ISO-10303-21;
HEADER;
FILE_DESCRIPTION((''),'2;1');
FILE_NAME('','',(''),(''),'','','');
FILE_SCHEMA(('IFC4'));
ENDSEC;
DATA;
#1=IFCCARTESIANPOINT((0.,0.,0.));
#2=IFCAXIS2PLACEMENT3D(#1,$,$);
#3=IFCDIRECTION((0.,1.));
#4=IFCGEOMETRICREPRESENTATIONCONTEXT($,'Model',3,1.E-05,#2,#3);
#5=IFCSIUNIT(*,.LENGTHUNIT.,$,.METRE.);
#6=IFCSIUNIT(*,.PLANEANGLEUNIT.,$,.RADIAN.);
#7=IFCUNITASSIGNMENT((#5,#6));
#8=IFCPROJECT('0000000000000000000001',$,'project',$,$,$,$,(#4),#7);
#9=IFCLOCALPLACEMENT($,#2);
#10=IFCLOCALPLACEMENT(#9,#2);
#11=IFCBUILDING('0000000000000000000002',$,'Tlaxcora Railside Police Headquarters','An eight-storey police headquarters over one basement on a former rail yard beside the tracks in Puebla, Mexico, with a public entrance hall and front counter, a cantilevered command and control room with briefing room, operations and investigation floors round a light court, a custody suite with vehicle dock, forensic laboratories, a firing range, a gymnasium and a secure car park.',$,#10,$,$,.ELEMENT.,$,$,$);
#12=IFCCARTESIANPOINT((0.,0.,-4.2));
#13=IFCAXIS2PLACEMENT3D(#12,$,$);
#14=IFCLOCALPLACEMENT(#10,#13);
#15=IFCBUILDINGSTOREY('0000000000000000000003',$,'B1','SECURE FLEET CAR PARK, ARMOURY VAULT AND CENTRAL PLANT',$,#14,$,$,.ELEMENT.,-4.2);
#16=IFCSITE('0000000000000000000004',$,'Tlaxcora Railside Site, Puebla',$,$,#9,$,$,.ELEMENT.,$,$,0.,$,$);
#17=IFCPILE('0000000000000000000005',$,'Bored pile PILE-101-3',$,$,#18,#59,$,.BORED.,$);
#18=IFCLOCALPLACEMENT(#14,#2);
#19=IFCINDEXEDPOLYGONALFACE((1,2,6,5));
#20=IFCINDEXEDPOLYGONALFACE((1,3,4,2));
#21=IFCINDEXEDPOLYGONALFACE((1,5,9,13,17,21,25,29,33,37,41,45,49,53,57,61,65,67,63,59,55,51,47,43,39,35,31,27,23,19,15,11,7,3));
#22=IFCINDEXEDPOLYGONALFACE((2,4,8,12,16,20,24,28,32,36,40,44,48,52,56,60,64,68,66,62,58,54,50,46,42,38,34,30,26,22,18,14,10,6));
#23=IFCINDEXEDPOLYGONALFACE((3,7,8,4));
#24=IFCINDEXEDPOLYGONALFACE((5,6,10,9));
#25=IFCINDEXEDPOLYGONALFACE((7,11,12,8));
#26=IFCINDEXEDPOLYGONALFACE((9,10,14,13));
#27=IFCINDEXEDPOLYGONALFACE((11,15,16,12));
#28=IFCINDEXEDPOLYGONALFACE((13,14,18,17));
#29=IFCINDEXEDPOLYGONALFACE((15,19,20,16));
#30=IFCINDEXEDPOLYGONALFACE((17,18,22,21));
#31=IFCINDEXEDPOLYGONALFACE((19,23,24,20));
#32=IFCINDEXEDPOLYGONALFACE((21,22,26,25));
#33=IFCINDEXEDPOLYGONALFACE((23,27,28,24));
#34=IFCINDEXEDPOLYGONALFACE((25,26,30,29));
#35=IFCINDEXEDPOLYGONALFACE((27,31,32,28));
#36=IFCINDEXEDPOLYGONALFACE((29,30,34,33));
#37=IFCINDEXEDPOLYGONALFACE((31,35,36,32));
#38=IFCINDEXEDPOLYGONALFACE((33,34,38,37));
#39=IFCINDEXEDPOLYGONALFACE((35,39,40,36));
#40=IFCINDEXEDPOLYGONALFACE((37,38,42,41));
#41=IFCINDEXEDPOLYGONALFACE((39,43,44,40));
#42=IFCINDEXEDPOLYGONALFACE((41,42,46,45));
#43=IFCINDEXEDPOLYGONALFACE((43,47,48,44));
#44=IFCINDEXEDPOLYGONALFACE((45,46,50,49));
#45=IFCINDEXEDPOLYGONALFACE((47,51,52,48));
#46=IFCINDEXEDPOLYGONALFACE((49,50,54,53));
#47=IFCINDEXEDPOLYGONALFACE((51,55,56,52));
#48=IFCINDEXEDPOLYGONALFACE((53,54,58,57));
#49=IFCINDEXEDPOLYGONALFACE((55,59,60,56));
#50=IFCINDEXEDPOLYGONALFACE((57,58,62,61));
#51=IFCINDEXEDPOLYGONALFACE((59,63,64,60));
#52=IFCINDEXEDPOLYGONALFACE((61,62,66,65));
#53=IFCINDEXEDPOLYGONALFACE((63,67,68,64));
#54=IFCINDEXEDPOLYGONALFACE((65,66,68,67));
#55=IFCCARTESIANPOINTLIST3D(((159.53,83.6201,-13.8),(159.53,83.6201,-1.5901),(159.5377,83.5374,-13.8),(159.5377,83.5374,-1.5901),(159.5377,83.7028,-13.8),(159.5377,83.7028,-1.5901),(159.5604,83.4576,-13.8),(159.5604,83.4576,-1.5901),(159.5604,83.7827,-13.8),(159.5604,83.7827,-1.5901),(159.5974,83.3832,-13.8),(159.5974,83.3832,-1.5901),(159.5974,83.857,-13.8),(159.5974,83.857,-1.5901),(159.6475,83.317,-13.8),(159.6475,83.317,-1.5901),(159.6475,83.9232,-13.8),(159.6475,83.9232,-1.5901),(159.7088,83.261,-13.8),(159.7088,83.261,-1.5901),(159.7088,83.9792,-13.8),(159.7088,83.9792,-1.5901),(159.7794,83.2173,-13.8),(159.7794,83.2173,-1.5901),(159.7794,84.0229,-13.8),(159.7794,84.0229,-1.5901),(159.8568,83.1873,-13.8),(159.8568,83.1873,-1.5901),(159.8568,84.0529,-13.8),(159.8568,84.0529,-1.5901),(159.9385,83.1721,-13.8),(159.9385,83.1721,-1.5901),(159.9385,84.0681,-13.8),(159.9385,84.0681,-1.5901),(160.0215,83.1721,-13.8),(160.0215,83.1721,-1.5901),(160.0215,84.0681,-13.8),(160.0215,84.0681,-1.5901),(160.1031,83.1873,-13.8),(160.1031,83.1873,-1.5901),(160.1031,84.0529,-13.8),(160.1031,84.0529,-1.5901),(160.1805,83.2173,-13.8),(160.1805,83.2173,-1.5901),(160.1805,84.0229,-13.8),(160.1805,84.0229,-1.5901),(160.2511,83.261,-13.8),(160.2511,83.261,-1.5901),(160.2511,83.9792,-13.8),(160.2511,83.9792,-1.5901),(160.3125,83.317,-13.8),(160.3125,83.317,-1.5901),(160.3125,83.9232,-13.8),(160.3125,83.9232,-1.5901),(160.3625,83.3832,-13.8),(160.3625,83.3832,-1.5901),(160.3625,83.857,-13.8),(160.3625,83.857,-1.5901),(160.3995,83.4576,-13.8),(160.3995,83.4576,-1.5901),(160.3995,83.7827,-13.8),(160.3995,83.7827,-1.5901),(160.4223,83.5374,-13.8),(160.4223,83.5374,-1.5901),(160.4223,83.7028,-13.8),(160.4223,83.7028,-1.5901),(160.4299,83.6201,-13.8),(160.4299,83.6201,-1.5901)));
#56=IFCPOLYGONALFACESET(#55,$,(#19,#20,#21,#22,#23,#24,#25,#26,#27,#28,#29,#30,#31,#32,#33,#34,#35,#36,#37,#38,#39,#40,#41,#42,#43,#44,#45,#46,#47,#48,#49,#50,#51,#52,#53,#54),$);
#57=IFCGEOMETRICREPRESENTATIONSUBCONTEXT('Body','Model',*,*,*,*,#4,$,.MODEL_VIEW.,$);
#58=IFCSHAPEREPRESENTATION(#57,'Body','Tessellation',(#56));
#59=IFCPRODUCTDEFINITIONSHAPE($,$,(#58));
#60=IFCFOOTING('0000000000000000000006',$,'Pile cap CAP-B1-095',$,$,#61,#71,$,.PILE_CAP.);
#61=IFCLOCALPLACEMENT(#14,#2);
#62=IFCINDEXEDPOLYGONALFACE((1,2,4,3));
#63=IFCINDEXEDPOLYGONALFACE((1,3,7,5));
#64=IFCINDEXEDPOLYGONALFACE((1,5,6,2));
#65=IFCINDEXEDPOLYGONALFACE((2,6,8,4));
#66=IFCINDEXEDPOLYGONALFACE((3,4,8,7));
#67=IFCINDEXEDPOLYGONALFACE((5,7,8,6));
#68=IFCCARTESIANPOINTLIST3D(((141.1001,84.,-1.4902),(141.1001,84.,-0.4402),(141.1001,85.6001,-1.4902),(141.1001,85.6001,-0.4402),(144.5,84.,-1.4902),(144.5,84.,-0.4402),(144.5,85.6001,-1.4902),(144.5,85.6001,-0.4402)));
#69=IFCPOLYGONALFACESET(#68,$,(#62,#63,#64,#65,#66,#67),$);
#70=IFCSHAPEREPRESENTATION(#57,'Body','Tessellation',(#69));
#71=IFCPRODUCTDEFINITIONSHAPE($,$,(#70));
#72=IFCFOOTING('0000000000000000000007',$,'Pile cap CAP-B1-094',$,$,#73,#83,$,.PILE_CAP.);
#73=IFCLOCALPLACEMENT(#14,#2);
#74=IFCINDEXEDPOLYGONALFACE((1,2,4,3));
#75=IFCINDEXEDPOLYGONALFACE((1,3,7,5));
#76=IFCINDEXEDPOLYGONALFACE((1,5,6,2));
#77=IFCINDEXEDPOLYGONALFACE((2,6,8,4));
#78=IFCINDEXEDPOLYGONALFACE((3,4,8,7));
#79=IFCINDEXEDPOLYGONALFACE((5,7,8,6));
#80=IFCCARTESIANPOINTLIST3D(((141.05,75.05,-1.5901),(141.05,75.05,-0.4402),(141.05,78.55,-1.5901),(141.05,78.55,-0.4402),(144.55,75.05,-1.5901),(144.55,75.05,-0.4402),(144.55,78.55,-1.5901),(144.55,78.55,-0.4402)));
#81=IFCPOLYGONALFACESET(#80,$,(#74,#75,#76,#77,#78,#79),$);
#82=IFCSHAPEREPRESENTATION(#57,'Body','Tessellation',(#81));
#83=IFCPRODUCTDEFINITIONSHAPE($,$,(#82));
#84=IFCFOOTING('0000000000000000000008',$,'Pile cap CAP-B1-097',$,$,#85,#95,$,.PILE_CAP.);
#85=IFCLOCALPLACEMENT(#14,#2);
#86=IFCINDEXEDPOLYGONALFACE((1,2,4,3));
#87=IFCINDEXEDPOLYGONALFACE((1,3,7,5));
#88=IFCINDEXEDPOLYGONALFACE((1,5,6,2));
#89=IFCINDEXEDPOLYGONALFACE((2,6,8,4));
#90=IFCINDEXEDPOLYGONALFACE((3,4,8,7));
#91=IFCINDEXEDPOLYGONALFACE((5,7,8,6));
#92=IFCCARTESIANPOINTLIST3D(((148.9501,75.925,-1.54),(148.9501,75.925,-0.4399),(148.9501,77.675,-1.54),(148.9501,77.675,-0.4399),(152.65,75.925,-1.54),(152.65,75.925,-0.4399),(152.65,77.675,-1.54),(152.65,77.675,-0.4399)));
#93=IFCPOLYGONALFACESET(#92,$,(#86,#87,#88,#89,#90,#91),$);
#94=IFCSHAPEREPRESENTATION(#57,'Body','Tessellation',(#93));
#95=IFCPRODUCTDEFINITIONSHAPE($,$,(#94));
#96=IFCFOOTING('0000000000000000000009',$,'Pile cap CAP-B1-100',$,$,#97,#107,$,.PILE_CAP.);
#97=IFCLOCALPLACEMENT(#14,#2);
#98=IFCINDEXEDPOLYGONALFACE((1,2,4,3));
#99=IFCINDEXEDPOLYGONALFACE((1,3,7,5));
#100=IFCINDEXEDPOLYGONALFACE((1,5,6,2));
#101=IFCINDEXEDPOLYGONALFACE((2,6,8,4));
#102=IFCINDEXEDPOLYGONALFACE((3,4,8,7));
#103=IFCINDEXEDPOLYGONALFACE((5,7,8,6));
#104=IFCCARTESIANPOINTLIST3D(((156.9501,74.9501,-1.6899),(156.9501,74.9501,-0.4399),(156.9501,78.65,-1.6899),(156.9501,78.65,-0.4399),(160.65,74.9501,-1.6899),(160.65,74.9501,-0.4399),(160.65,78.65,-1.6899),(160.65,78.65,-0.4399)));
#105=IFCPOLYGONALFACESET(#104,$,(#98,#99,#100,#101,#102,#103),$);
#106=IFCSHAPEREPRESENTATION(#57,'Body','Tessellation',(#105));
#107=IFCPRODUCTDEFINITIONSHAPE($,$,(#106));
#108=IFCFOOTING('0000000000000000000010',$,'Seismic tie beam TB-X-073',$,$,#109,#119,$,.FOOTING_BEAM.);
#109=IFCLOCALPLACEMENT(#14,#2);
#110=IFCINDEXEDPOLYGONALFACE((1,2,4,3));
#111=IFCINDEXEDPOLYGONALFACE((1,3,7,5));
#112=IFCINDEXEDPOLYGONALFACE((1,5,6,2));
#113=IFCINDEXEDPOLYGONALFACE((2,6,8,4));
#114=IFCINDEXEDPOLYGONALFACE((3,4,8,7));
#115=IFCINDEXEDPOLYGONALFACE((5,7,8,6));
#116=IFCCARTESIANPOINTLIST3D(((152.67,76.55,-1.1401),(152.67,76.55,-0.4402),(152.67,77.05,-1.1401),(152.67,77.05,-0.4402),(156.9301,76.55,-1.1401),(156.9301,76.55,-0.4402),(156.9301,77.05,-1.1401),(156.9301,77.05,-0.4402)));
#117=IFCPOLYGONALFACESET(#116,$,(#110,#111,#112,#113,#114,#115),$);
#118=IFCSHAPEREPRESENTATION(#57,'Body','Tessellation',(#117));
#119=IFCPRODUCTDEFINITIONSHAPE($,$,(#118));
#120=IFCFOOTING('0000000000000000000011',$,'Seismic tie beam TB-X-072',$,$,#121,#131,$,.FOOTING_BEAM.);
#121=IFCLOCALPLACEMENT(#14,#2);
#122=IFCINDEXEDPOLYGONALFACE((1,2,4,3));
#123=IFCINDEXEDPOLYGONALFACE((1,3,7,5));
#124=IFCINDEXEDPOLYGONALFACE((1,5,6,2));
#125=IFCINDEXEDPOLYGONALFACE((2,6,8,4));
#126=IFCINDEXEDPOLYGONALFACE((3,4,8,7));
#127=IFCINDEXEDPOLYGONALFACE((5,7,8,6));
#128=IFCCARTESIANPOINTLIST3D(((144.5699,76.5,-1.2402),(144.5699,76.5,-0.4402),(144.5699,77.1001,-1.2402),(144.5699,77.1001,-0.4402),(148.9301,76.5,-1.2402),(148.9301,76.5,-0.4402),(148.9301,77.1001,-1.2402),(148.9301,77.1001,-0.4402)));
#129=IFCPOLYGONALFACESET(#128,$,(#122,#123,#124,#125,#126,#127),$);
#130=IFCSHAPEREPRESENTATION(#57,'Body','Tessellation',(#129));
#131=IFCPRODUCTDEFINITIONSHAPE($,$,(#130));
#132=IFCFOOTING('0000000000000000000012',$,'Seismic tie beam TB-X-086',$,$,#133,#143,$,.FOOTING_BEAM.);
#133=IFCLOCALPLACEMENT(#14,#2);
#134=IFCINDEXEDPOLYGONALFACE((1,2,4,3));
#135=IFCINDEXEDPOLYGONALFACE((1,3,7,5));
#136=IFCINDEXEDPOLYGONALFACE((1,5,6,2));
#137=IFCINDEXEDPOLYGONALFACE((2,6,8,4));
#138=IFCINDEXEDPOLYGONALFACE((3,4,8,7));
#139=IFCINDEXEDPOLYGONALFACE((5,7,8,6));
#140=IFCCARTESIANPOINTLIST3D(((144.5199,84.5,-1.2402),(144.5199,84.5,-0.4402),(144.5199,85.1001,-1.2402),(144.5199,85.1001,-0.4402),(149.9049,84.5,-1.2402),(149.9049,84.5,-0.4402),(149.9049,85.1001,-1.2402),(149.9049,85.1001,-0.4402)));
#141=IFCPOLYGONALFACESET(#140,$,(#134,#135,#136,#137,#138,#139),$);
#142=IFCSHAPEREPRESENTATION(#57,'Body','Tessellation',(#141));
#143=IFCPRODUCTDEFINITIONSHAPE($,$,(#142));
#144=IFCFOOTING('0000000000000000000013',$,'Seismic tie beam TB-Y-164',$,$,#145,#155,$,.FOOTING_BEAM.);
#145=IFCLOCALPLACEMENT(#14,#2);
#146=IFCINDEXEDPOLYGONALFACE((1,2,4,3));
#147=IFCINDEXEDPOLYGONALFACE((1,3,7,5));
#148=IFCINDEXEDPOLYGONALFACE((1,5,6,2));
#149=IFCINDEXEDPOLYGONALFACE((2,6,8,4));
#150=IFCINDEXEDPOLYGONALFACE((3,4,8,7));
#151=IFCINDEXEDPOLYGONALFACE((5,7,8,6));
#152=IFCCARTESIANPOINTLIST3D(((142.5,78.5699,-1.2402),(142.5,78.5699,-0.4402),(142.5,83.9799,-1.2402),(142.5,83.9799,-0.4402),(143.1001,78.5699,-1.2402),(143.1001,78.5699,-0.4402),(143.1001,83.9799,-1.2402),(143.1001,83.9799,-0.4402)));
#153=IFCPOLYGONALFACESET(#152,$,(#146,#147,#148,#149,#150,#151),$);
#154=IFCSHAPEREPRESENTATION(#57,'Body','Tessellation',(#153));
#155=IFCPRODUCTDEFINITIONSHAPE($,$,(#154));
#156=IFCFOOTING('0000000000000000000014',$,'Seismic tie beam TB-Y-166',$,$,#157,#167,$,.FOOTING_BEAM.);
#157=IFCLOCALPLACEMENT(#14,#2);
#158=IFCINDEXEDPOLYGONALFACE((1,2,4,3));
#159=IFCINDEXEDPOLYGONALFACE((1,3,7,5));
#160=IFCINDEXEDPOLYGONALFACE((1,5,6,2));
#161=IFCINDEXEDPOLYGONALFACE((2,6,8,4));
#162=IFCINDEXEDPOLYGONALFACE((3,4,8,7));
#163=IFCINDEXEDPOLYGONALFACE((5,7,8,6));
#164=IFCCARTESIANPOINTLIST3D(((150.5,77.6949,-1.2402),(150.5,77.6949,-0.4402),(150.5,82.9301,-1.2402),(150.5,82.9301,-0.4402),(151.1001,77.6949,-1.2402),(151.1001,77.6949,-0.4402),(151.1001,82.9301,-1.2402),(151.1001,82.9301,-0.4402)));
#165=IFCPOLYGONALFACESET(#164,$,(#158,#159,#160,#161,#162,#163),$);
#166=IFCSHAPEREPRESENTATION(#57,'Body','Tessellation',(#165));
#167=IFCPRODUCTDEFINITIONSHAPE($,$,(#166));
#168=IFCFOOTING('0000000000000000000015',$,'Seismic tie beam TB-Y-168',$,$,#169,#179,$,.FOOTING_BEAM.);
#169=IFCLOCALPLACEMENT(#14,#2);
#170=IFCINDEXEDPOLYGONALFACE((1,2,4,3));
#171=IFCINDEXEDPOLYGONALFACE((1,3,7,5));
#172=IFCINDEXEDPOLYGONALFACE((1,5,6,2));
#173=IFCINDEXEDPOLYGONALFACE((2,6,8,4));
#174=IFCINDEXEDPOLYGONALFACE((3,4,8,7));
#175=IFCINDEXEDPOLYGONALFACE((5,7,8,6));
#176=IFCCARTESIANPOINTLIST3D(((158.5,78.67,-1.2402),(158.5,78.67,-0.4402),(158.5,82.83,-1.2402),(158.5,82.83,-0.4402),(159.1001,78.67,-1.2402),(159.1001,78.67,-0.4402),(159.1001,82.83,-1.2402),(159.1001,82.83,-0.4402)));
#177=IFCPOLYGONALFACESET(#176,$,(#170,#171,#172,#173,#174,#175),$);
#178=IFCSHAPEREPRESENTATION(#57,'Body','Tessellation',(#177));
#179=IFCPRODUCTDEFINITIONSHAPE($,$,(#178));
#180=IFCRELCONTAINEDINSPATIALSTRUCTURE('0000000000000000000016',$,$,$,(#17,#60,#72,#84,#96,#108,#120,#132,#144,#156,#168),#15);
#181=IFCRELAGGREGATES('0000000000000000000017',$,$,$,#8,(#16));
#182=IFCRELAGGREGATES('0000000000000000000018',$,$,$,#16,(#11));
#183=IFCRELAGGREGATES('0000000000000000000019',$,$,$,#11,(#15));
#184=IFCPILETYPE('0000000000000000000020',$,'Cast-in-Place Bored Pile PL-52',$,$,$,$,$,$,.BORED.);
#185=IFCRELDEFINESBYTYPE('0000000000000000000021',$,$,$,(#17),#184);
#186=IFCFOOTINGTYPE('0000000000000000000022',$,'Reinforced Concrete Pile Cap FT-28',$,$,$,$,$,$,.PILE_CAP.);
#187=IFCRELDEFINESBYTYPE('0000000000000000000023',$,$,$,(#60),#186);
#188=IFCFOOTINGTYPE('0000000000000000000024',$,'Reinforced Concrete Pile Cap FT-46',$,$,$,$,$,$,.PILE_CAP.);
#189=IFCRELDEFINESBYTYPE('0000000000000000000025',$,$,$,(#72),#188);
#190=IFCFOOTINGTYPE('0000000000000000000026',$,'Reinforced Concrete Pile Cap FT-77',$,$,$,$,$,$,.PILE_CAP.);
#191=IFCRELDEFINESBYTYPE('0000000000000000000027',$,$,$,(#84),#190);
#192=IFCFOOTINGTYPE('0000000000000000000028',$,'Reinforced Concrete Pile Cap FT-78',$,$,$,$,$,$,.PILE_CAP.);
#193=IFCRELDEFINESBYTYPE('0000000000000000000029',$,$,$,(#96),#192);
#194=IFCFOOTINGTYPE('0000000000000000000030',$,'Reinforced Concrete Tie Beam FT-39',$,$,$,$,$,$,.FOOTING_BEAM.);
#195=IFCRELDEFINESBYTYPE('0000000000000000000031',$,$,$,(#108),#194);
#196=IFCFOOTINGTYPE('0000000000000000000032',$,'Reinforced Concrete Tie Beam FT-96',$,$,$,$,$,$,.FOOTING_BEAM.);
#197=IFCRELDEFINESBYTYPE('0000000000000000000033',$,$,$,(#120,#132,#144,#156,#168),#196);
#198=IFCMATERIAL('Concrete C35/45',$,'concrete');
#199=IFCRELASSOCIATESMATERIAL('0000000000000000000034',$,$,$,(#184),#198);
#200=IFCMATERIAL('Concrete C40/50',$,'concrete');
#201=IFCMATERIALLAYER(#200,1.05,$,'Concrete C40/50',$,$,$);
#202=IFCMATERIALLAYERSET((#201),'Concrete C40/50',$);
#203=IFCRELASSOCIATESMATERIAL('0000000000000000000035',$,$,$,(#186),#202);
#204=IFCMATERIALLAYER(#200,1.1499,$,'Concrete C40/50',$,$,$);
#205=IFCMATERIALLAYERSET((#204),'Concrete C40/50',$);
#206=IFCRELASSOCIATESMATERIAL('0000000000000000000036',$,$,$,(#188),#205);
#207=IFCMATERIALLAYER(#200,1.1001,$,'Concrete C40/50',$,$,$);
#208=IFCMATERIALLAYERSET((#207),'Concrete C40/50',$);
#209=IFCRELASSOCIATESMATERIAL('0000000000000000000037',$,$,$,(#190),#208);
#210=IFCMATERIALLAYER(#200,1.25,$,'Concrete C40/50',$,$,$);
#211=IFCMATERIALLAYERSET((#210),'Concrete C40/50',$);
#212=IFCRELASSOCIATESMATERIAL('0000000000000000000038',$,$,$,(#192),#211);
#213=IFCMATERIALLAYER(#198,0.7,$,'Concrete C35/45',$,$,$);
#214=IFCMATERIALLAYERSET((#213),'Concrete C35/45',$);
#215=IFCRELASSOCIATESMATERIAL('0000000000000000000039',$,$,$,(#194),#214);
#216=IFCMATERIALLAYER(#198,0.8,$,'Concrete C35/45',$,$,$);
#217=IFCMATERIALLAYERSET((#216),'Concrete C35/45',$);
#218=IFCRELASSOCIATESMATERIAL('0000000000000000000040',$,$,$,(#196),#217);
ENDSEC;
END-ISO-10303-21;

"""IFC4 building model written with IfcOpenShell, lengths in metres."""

from ifc_helpers import new_model, si_unit, direction, frame, origin, origin_2d, place, context, subcontext, project, spatial, rectangle, circle, extrude, material, layer, layer_set, material_profile, profile_set, type_object, element, save


model = new_model("IFC4")

# Units and contexts
model_context = context("Model", 3, precision=1e-05, world=origin(), true_north=direction((0.0, 1.0)))
body_context = subcontext(model_context, "Body", "Model", "MODEL_VIEW")
ifc_project = project(units=[si_unit("LENGTHUNIT", "METRE"), si_unit("PLANEANGLEUNIT", "RADIAN")], contexts=[model_context])

# Site, building, storey
site_placement = place(None, origin())
site = spatial("IfcSite", under=ifc_project, at=site_placement, Name="Tlaxcora Railside Site, Puebla", CompositionType="ELEMENT", RefElevation=0.0)
building_placement = place(site_placement, origin())
building = spatial("IfcBuilding", under=site, at=building_placement, Name="Tlaxcora Railside Police Headquarters", Description="An eight-storey police headquarters over one basement on a former rail yard beside the tracks in Puebla, Mexico, with a public entrance hall and front counter, a cantilevered command and control room with briefing room, operations and investigation floors round a light court, a custody suite with vehicle dock, forensic laboratories, a firing range, a gymnasium and a secure car park.", CompositionType="ELEMENT")
storey_placement = place(building_placement, frame((0.0, 0.0, -4.2)))
storey = spatial("IfcBuildingStorey", under=building, at=storey_placement, Name="B1", Description="SECURE FLEET CAR PARK, ARMOURY VAULT AND CENTRAL PLANT", CompositionType="ELEMENT", Elevation=-4.2)

# Pile
ifc_material_1 = material(Name="Concrete C35/45", Category="concrete")
ifc_material_profile_1 = material_profile(ifc_material_1, circle(Radius=0.45, at=origin_2d()), Name="PILE900")
ifc_profile_set_1 = profile_set([ifc_material_profile_1], Name="Concrete C35/45")
pile_type_1 = type_object("IfcPileType", Name="Cast-in-Place Bored Pile PL-52", PredefinedType="BORED", material=ifc_profile_set_1)
for number, where, z_axis, x_axis, name in (
    (1, (159.98, 83.6201, -1.5901), (0.0, 0.0, -1.0), (1.0, 0.0, 0.0), "Bored pile PILE-101-3"),
):
    element("IfcPile", number, at=place(storey_placement, frame(where, z_axis=z_axis, x_axis=x_axis)), inside=storey, type_object=pile_type_1, Name=name, PredefinedType="BORED", context=body_context, shape_type="SweptSolid", body=[
        extrude(circle(Radius=0.45, at=origin_2d()), origin(), (0.0, 0.0, 1.0), 12.21),
    ])

# Footings
ifc_material_2 = material(Name="Concrete C40/50", Category="concrete")
ifc_layer_1 = layer(ifc_material_2, 1.05, Name="Concrete C40/50")
ifc_layer_set_1 = layer_set([ifc_layer_1], Name="Concrete C40/50")
footing_type_1 = type_object("IfcFootingType", Name="Reinforced Concrete Pile Cap FT-28", PredefinedType="PILE_CAP", material=ifc_layer_set_1)
footing_1_placement = place(storey_placement, frame((142.8, 84.8, -1.4902), z_axis=(0.0, 0.0, 1.0), x_axis=(1.0, 0.0, 0.0)))
element("IfcFooting", 2, at=footing_1_placement, inside=storey, type_object=footing_type_1, Name="Pile cap CAP-B1-095", PredefinedType="PILE_CAP", context=body_context, shape_type="SweptSolid", body=[
    extrude(rectangle(XDim=3.3999, YDim=1.6001, at=origin_2d()), origin(), (0.0, 0.0, 1.0), 1.05),
])
ifc_layer_2 = layer(ifc_material_2, 1.1499, Name="Concrete C40/50")
ifc_layer_set_2 = layer_set([ifc_layer_2], Name="Concrete C40/50")
footing_type_2 = type_object("IfcFootingType", Name="Reinforced Concrete Pile Cap FT-46", PredefinedType="PILE_CAP", material=ifc_layer_set_2)
footing_2_placement = place(storey_placement, frame((142.8, 76.8, -1.5901), z_axis=(0.0, 0.0, 1.0), x_axis=(1.0, 0.0, 0.0)))
element("IfcFooting", 3, at=footing_2_placement, inside=storey, type_object=footing_type_2, Name="Pile cap CAP-B1-094", PredefinedType="PILE_CAP", context=body_context, shape_type="SweptSolid", body=[
    extrude(rectangle(XDim=3.5, YDim=3.5, at=origin_2d()), origin(), (0.0, 0.0, 1.0), 1.1499),
])
ifc_layer_3 = layer(ifc_material_2, 1.1001, Name="Concrete C40/50")
ifc_layer_set_3 = layer_set([ifc_layer_3], Name="Concrete C40/50")
footing_type_3 = type_object("IfcFootingType", Name="Reinforced Concrete Pile Cap FT-77", PredefinedType="PILE_CAP", material=ifc_layer_set_3)
footing_3_placement = place(storey_placement, frame((150.8, 76.8, -1.54), z_axis=(0.0, 0.0, 1.0), x_axis=(1.0, 0.0, 0.0)))
element("IfcFooting", 4, at=footing_3_placement, inside=storey, type_object=footing_type_3, Name="Pile cap CAP-B1-097", PredefinedType="PILE_CAP", context=body_context, shape_type="SweptSolid", body=[
    extrude(rectangle(XDim=3.7, YDim=1.75, at=origin_2d()), origin(), (0.0, 0.0, 1.0), 1.1001),
])
ifc_layer_4 = layer(ifc_material_2, 1.25, Name="Concrete C40/50")
ifc_layer_set_4 = layer_set([ifc_layer_4], Name="Concrete C40/50")
footing_type_4 = type_object("IfcFootingType", Name="Reinforced Concrete Pile Cap FT-78", PredefinedType="PILE_CAP", material=ifc_layer_set_4)
footing_4_placement = place(storey_placement, frame((158.8, 76.8, -1.6899), z_axis=(0.0, 0.0, 1.0), x_axis=(1.0, 0.0, 0.0)))
element("IfcFooting", 5, at=footing_4_placement, inside=storey, type_object=footing_type_4, Name="Pile cap CAP-B1-100", PredefinedType="PILE_CAP", context=body_context, shape_type="SweptSolid", body=[
    extrude(rectangle(XDim=3.7, YDim=3.7, at=origin_2d()), origin(), (0.0, 0.0, 1.0), 1.25),
])
ifc_layer_5 = layer(ifc_material_1, 0.7, Name="Concrete C35/45")
ifc_layer_set_5 = layer_set([ifc_layer_5], Name="Concrete C35/45")
footing_type_5 = type_object("IfcFootingType", Name="Reinforced Concrete Tie Beam FT-39", PredefinedType="FOOTING_BEAM", material=ifc_layer_set_5)
footing_5_placement = place(storey_placement, frame((154.8, 76.8, -1.1401), z_axis=(0.0, 0.0, 1.0), x_axis=(1.0, 0.0, 0.0)))
element("IfcFooting", 6, at=footing_5_placement, inside=storey, type_object=footing_type_5, Name="Seismic tie beam TB-X-073", PredefinedType="FOOTING_BEAM", context=body_context, shape_type="SweptSolid", body=[
    extrude(rectangle(XDim=4.26, YDim=0.5, at=origin_2d()), origin(), (0.0, 0.0, 1.0), 0.7),
])
ifc_layer_6 = layer(ifc_material_1, 0.8, Name="Concrete C35/45")
ifc_layer_set_6 = layer_set([ifc_layer_6], Name="Concrete C35/45")
footing_type_6 = type_object("IfcFootingType", Name="Reinforced Concrete Tie Beam FT-96", PredefinedType="FOOTING_BEAM", material=ifc_layer_set_6)
footing_6_placement = place(storey_placement, frame((146.75, 76.8, -1.2402), z_axis=(0.0, 0.0, 1.0), x_axis=(1.0, 0.0, 0.0)))
element("IfcFooting", 7, at=footing_6_placement, inside=storey, type_object=footing_type_6, Name="Seismic tie beam TB-X-072", PredefinedType="FOOTING_BEAM", context=body_context, shape_type="SweptSolid", body=[
    extrude(rectangle(XDim=4.3601, YDim=0.6001, at=origin_2d()), origin(), (0.0, 0.0, 1.0), 0.8),
])
footing_7_placement = place(storey_placement, frame((147.2124, 84.8, -1.2402), z_axis=(0.0, 0.0, 1.0), x_axis=(1.0, 0.0, 0.0)))
element("IfcFooting", 8, at=footing_7_placement, inside=storey, type_object=footing_type_6, Name="Seismic tie beam TB-X-086", PredefinedType="FOOTING_BEAM", context=body_context, shape_type="SweptSolid", body=[
    extrude(rectangle(XDim=5.385, YDim=0.6001, at=origin_2d()), origin(), (0.0, 0.0, 1.0), 0.8),
])
footing_8_placement = place(storey_placement, frame((142.8, 81.2749, -1.2402), z_axis=(0.0, 0.0, 1.0), x_axis=(0.0, 1.0, 0.0)))
element("IfcFooting", 9, at=footing_8_placement, inside=storey, type_object=footing_type_6, Name="Seismic tie beam TB-Y-164", PredefinedType="FOOTING_BEAM", context=body_context, shape_type="SweptSolid", body=[
    extrude(rectangle(XDim=5.4099, YDim=0.6001, at=origin_2d()), origin(), (0.0, 0.0, 1.0), 0.8),
])
footing_9_placement = place(storey_placement, frame((150.8, 80.3125, -1.2402), z_axis=(0.0, 0.0, 1.0), x_axis=(0.0, 1.0, 0.0)))
element("IfcFooting", 10, at=footing_9_placement, inside=storey, type_object=footing_type_6, Name="Seismic tie beam TB-Y-166", PredefinedType="FOOTING_BEAM", context=body_context, shape_type="SweptSolid", body=[
    extrude(rectangle(XDim=5.2351, YDim=0.6001, at=origin_2d()), origin(), (0.0, 0.0, 1.0), 0.8),
])
footing_10_placement = place(storey_placement, frame((158.8, 80.75, -1.2402), z_axis=(0.0, 0.0, 1.0), x_axis=(0.0, 1.0, 0.0)))
element("IfcFooting", 11, at=footing_10_placement, inside=storey, type_object=footing_type_6, Name="Seismic tie beam TB-Y-168", PredefinedType="FOOTING_BEAM", context=body_context, shape_type="SweptSolid", body=[
    extrude(rectangle(XDim=4.1599, YDim=0.6001, at=origin_2d()), origin(), (0.0, 0.0, 1.0), 0.8),
])

save(model, "model.ifc")
